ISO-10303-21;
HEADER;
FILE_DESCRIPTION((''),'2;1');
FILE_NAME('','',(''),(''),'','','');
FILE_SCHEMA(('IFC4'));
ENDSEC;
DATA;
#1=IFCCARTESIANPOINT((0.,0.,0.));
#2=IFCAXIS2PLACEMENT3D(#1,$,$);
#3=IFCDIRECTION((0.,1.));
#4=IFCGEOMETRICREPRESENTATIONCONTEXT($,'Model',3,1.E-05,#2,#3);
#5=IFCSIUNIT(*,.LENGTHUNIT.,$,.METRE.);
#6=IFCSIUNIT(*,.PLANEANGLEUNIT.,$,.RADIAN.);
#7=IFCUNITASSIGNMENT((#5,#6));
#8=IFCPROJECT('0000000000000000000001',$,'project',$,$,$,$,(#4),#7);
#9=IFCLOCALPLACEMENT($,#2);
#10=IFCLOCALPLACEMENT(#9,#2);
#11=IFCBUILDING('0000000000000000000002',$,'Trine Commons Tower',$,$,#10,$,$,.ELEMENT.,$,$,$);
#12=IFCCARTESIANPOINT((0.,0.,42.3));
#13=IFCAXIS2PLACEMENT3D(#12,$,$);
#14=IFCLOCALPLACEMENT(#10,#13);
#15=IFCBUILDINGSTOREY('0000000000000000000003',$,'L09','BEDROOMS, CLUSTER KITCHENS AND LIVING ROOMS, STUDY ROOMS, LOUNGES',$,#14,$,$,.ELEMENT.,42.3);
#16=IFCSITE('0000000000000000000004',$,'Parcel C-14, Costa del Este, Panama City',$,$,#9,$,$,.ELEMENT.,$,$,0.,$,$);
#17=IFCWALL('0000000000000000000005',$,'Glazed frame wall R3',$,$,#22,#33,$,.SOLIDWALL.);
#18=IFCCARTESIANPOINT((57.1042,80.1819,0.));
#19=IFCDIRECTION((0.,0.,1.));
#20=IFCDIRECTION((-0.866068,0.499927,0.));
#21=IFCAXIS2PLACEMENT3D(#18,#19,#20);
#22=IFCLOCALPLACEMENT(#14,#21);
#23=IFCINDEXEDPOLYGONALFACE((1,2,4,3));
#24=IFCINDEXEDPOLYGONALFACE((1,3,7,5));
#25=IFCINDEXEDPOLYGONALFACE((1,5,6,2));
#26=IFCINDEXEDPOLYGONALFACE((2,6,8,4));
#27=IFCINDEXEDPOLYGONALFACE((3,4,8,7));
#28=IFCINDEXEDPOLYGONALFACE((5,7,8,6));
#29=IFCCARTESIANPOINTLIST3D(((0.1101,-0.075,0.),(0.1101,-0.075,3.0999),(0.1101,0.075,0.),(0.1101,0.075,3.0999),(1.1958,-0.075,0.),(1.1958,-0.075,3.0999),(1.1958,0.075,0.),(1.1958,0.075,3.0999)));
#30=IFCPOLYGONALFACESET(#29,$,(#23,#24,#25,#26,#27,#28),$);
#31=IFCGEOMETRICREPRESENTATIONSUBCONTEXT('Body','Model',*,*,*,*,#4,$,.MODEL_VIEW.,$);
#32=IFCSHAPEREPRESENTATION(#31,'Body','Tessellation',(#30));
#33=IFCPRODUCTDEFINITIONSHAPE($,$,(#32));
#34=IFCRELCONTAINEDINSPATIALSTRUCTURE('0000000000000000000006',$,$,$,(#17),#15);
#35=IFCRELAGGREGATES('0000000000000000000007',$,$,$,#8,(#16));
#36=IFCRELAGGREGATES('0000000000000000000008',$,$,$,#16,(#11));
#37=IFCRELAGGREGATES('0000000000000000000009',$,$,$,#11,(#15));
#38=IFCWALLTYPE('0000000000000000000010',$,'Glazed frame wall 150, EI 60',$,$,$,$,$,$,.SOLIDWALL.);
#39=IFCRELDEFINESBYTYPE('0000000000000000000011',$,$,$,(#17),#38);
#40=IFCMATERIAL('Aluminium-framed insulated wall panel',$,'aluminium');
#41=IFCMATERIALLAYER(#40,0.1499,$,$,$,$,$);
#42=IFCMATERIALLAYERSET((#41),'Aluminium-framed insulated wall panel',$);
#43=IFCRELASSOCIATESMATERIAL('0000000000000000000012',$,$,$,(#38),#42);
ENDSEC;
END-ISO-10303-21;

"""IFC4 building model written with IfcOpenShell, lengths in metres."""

from ifc_helpers import new_model, si_unit, direction, frame, origin, place, context, subcontext, project, spatial, polyline, outline, extrude, material, layer, layer_set, type_object, element, save


model = new_model("IFC4")

# Units and contexts
model_context = context("Model", 3, precision=1e-05, world=origin(), true_north=direction((0.0, 1.0)))
body_context = subcontext(model_context, "Body", "Model", "MODEL_VIEW")
ifc_project = project(units=[si_unit("LENGTHUNIT", "METRE"), si_unit("PLANEANGLEUNIT", "RADIAN")], contexts=[model_context])

# Site, building, storey
site_placement = place(None, origin())
site = spatial("IfcSite", under=ifc_project, at=site_placement, Name="Parcel C-14, Costa del Este, Panama City", CompositionType="ELEMENT", RefElevation=0.0)
building_placement = place(site_placement, origin())
building = spatial("IfcBuilding", under=site, at=building_placement, Name="Trine Commons Tower", CompositionType="ELEMENT")
storey_placement = place(building_placement, frame((0.0, 0.0, 42.3)))
storey = spatial("IfcBuildingStorey", under=building, at=storey_placement, Name="L09", Description="BEDROOMS, CLUSTER KITCHENS AND LIVING ROOMS, STUDY ROOMS, LOUNGES", CompositionType="ELEMENT", Elevation=42.3)

# Shared definitions
ifc_material_1 = material(Name="Aluminium-framed insulated wall panel", Category="aluminium")
ifc_layer = layer(ifc_material_1, 0.1499)
ifc_layer_set = layer_set([ifc_layer], Name="Aluminium-framed insulated wall panel")
wall_type = type_object("IfcWallType", Name="Glazed frame wall 150, EI 60", PredefinedType="SOLIDWALL", material=ifc_layer_set)

# Wall
wall_1_placement = place(storey_placement, frame((57.1042, 80.1819, 0.0), z_axis=(0.0, 0.0, 1.0), x_axis=(-0.866068, 0.499927, 0.0)))
element("IfcWall", 1, at=wall_1_placement, inside=storey, type_object=wall_type, Name="Glazed frame wall R3", PredefinedType="SOLIDWALL", context=body_context, shape_type="SweptSolid", body=[
    extrude(outline(polyline([(0.1101, 0.075), (0.1101, -0.075), (1.1958, -0.075), (1.1958, 0.075), (0.1101, 0.075)])), origin(), (0.0, 0.0, 1.0), 3.0999),
])

save(model, "model.ifc")
